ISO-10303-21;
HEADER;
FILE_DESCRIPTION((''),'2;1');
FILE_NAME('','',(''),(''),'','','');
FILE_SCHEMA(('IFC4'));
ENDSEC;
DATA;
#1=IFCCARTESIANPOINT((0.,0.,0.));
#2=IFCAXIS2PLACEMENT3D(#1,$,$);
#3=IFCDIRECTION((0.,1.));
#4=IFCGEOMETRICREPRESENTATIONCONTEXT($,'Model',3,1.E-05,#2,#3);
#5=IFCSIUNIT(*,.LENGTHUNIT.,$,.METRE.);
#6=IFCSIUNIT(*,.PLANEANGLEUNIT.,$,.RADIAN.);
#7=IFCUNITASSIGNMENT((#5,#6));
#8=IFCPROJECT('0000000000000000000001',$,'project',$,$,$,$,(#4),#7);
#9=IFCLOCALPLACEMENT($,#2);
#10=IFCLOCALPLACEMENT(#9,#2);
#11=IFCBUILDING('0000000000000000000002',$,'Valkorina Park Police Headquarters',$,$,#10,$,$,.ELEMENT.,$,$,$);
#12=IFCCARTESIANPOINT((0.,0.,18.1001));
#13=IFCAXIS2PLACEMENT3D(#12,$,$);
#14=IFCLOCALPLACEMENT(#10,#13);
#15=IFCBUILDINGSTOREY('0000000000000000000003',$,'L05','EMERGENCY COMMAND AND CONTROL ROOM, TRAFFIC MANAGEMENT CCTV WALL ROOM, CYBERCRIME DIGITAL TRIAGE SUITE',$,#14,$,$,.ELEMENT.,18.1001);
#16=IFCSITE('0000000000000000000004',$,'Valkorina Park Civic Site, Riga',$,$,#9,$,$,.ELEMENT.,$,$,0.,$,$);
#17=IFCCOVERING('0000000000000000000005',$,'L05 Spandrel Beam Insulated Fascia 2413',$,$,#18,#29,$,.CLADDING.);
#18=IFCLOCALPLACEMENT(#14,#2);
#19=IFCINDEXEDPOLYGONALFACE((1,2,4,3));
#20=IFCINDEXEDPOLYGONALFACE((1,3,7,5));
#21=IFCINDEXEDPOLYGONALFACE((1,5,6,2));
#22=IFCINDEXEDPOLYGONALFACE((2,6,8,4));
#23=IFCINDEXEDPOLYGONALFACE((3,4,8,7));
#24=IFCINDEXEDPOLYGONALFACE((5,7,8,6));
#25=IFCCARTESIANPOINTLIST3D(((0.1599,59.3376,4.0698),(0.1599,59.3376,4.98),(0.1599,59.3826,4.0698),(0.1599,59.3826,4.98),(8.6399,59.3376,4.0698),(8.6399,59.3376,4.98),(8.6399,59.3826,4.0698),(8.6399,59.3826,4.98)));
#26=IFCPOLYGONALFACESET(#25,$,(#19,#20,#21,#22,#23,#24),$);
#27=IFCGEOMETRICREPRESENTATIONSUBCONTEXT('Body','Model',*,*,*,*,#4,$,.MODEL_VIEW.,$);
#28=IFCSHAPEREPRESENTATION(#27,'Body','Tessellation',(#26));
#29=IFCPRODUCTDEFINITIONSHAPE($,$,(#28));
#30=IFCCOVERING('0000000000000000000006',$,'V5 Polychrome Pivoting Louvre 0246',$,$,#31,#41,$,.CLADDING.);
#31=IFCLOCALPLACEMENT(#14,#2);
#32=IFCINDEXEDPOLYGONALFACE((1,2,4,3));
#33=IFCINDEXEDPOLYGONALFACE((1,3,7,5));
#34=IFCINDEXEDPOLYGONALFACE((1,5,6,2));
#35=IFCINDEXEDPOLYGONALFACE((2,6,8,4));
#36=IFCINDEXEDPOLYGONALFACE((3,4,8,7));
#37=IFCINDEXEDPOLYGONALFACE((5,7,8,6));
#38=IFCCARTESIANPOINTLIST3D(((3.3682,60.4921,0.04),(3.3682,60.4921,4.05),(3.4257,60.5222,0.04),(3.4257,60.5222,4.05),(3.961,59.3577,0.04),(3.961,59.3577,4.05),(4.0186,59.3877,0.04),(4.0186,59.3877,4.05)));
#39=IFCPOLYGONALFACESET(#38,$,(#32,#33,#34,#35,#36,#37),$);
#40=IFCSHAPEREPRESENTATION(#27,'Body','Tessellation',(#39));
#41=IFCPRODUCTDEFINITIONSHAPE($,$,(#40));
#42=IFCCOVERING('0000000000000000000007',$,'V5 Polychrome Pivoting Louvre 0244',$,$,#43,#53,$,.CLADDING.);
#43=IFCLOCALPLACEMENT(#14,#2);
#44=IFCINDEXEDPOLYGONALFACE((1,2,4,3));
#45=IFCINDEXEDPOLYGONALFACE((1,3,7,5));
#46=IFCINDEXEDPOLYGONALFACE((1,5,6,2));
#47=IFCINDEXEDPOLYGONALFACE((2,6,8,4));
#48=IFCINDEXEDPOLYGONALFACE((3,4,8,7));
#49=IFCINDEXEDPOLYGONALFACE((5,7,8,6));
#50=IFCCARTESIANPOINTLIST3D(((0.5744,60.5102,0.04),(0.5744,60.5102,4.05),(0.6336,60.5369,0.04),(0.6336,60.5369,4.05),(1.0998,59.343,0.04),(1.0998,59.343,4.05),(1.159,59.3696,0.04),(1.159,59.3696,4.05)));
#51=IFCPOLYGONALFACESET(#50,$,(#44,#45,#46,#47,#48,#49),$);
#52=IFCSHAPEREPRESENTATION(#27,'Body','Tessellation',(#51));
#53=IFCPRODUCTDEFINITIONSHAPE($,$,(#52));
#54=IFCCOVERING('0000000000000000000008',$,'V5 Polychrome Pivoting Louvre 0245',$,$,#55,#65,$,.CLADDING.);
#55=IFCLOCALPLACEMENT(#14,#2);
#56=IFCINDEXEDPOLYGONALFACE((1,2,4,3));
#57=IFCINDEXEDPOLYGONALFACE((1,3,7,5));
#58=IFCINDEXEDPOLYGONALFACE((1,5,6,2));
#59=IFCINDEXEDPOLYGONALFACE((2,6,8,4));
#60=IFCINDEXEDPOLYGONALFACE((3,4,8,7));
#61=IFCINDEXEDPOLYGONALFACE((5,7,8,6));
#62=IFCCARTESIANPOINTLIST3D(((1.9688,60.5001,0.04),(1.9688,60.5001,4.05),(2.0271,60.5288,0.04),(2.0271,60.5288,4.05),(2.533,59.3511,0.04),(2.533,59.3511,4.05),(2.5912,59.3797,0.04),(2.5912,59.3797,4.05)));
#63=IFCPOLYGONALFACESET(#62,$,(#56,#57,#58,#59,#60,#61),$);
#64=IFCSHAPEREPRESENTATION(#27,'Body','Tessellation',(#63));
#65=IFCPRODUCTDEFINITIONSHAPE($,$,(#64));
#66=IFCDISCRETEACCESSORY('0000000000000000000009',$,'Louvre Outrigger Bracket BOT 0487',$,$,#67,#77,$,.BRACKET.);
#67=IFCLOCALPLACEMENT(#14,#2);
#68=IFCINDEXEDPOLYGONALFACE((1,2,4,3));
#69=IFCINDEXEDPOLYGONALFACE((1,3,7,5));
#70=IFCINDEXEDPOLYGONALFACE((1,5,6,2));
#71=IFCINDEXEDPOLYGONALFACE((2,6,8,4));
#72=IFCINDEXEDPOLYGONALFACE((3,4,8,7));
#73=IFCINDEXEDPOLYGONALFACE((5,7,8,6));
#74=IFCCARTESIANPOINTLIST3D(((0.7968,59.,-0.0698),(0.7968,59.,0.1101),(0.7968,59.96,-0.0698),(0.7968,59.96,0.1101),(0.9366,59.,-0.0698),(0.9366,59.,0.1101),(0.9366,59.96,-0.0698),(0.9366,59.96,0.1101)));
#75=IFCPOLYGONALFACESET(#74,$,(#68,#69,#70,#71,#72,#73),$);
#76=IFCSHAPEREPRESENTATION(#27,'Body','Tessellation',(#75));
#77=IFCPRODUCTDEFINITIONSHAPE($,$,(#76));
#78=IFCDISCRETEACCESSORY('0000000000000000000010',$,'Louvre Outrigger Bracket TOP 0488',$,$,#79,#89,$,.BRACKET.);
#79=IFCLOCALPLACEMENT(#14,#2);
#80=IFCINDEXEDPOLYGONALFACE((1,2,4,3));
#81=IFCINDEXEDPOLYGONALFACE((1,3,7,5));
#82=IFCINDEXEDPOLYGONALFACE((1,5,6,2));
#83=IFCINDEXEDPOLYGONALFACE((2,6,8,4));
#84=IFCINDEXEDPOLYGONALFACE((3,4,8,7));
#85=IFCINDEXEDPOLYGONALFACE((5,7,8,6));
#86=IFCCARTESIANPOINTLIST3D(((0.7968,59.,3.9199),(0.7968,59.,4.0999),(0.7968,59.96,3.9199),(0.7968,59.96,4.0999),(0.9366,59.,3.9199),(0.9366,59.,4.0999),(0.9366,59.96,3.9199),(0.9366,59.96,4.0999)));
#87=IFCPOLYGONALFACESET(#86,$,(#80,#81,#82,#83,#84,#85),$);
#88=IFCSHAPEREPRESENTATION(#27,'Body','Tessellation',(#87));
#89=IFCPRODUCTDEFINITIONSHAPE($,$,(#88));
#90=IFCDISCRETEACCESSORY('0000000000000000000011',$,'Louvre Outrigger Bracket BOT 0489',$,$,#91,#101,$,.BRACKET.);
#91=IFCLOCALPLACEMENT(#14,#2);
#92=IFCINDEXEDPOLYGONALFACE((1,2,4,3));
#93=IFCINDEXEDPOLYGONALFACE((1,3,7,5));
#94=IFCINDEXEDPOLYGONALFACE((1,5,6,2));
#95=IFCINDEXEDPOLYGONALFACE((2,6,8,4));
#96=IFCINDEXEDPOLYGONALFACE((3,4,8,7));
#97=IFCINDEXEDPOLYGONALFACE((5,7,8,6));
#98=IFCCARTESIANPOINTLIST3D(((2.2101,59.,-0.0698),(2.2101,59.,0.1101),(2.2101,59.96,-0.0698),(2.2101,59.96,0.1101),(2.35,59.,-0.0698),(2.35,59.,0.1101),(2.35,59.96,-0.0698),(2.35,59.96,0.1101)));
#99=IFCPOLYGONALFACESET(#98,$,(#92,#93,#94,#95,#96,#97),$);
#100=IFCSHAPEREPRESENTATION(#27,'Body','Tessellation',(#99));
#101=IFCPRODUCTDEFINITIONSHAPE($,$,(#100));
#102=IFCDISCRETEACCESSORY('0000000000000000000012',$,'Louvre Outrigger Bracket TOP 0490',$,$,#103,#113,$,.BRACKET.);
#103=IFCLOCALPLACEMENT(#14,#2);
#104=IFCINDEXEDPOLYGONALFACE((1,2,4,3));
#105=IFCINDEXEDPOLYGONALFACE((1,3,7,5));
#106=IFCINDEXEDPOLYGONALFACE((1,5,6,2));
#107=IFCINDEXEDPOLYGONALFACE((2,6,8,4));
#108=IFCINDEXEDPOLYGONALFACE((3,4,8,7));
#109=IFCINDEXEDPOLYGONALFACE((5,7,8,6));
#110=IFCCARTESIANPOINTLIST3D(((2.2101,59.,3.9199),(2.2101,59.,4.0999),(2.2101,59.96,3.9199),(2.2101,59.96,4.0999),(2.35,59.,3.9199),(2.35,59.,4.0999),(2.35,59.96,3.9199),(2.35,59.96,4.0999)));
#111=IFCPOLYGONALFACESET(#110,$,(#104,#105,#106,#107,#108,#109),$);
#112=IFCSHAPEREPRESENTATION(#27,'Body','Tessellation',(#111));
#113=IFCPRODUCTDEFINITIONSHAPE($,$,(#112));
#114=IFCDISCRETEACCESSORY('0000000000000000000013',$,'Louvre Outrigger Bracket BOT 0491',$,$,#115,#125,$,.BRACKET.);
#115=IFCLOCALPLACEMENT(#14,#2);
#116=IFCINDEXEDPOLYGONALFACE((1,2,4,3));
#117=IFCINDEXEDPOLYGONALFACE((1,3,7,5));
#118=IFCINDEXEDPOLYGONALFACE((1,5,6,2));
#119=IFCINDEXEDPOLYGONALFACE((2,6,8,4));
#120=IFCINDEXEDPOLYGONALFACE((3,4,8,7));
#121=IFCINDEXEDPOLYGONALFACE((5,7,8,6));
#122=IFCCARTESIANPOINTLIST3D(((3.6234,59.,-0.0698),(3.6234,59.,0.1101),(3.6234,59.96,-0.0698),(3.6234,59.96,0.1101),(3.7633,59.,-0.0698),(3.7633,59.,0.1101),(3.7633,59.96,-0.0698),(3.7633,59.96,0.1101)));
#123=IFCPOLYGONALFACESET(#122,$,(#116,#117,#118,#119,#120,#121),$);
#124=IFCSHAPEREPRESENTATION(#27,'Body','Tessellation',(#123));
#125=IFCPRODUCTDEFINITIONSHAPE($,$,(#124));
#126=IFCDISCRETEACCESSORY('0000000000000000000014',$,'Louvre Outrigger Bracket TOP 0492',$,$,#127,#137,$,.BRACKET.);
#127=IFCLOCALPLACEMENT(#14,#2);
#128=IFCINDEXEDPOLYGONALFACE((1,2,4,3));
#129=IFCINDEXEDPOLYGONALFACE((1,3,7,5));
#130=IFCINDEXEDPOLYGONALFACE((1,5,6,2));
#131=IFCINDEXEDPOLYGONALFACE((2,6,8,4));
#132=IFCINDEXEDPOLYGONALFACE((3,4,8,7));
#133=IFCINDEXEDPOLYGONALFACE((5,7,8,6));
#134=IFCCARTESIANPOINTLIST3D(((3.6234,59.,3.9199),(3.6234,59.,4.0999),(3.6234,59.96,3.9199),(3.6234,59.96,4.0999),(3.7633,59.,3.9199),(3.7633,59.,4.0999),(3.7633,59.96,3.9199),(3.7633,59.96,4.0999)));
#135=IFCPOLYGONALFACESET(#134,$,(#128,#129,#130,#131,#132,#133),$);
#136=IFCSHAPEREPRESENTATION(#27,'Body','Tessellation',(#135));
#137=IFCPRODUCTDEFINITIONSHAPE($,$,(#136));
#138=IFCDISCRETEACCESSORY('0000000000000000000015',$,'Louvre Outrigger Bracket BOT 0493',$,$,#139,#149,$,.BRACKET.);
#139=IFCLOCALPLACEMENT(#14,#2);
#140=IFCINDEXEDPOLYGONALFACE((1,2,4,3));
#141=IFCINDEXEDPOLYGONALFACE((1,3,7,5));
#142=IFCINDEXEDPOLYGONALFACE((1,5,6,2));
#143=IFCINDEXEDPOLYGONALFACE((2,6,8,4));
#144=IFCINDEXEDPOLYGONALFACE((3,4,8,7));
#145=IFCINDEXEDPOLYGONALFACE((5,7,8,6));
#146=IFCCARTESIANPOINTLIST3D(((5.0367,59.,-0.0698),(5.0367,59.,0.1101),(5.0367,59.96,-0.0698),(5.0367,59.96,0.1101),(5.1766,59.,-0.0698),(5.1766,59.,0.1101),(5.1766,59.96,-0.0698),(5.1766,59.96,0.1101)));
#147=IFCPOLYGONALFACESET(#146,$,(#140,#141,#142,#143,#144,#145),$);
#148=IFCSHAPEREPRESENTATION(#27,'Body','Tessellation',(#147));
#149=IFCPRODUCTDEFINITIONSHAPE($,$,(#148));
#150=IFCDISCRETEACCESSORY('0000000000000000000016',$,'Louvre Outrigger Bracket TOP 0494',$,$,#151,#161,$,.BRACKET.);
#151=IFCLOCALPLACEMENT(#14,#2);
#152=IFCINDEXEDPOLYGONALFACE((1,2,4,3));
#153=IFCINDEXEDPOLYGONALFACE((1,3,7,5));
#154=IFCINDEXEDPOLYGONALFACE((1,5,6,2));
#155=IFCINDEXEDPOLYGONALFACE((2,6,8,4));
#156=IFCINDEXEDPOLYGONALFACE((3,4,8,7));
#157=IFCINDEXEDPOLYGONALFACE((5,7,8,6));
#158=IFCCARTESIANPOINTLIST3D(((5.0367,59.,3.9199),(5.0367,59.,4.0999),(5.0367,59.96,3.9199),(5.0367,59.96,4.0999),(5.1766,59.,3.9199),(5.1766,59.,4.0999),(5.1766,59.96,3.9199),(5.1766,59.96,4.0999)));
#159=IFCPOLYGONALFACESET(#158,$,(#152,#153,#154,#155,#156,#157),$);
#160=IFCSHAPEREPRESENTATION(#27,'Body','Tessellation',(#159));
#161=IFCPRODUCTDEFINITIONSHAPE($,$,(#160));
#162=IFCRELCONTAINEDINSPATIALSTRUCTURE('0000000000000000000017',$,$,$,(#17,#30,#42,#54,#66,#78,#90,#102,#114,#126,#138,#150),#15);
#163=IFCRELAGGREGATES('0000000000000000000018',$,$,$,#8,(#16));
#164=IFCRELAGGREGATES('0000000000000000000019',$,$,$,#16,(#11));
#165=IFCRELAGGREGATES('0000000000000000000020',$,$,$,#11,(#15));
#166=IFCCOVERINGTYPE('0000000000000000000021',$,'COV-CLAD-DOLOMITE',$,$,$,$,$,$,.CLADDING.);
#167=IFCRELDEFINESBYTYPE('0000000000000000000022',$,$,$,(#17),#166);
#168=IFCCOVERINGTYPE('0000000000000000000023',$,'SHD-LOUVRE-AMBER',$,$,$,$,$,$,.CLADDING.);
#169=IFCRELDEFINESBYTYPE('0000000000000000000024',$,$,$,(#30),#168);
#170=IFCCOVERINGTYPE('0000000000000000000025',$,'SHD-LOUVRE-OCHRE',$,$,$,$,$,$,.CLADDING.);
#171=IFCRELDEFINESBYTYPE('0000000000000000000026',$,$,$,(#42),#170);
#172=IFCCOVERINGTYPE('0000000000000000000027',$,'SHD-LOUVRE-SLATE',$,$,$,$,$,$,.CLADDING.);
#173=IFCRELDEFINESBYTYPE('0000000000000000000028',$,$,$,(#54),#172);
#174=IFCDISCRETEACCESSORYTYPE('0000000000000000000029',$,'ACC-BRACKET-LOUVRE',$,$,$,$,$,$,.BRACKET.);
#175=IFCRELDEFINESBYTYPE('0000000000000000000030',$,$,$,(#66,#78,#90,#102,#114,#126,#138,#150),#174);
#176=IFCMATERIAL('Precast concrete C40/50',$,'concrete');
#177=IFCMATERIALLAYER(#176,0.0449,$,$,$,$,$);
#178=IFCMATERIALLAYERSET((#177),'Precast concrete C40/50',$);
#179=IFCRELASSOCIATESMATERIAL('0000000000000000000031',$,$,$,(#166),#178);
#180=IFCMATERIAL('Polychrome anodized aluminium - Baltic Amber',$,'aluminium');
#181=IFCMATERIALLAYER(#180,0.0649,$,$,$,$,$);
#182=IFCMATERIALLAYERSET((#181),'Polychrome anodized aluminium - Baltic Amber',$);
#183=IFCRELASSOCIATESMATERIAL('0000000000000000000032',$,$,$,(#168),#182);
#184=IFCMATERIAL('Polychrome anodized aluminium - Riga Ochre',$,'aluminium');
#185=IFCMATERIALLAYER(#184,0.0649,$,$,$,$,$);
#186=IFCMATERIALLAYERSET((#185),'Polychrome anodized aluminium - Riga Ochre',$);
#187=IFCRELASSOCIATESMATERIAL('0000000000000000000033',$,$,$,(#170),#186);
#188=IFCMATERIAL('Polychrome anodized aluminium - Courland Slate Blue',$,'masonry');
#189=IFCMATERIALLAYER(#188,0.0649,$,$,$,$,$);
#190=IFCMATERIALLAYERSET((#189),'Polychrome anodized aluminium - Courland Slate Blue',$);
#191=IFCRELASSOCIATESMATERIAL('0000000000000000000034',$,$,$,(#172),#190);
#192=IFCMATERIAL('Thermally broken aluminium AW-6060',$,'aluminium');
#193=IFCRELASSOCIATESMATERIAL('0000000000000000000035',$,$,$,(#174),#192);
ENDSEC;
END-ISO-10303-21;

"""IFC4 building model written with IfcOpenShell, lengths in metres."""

from ifc_helpers import new_model, si_unit, direction, frame, frame_2d, origin, origin_2d, place, context, subcontext, project, spatial, rectangle, extrude, material, layer, layer_set, type_object, element, save


model = new_model("IFC4")

# Units and contexts
model_context = context("Model", 3, precision=1e-05, world=origin(), true_north=direction((0.0, 1.0)))
body_context = subcontext(model_context, "Body", "Model", "MODEL_VIEW")
ifc_project = project(units=[si_unit("LENGTHUNIT", "METRE"), si_unit("PLANEANGLEUNIT", "RADIAN")], contexts=[model_context])

# Site, building, storey
site_placement = place(None, origin())
site = spatial("IfcSite", under=ifc_project, at=site_placement, Name="Valkorina Park Civic Site, Riga", CompositionType="ELEMENT", RefElevation=0.0)
building_placement = place(site_placement, origin())
building = spatial("IfcBuilding", under=site, at=building_placement, Name="Valkorina Park Police Headquarters", CompositionType="ELEMENT")
storey_placement = place(building_placement, frame((0.0, 0.0, 18.1001)))
storey = spatial("IfcBuildingStorey", under=building, at=storey_placement, Name="L05", Description="EMERGENCY COMMAND AND CONTROL ROOM, TRAFFIC MANAGEMENT CCTV WALL ROOM, CYBERCRIME DIGITAL TRIAGE SUITE", CompositionType="ELEMENT", Elevation=18.1001)

# Shared definitions
ifc_material_1 = material(Name="Thermally broken aluminium AW-6060", Category="aluminium")

# Coverings
ifc_material_2 = material(Name="Precast concrete C40/50", Category="concrete")
ifc_layer_1 = layer(ifc_material_2, 0.0449)
ifc_layer_set_1 = layer_set([ifc_layer_1], Name="Precast concrete C40/50")
covering_type_1 = type_object("IfcCoveringType", Name="COV-CLAD-DOLOMITE", PredefinedType="CLADDING", material=ifc_layer_set_1)
covering_1_placement = place(storey_placement, frame((0.1599, 59.3601, 4.0698), z_axis=(0.0, 0.0, 1.0), x_axis=(1.0, 0.0, 0.0)))
element("IfcCovering", 1, at=covering_1_placement, inside=storey, type_object=covering_type_1, Name="L05 Spandrel Beam Insulated Fascia 2413", PredefinedType="CLADDING", context=body_context, shape_type="SweptSolid", body=[
    extrude(rectangle(XDim=8.48, YDim=0.0449, at=frame_2d((4.24, 0.0))), origin(), (0.0, 0.0, 1.0), 0.9102),
])
ifc_material_3 = material(Name="Polychrome anodized aluminium - Baltic Amber", Category="aluminium")
ifc_layer_2 = layer(ifc_material_3, 0.0649)
ifc_layer_set_2 = layer_set([ifc_layer_2], Name="Polychrome anodized aluminium - Baltic Amber")
covering_type_2 = type_object("IfcCoveringType", Name="SHD-LOUVRE-AMBER", PredefinedType="CLADDING", material=ifc_layer_set_2)
covering_2_placement = place(storey_placement, frame((3.6934, 59.9399, 0.04), z_axis=(0.0, 0.0, 1.0), x_axis=(-0.463141, 0.886284, 0.0)))
element("IfcCovering", 2, at=covering_2_placement, inside=storey, type_object=covering_type_2, Name="V5 Polychrome Pivoting Louvre 0246", PredefinedType="CLADDING", context=body_context, shape_type="SweptSolid", body=[
    extrude(rectangle(XDim=1.28, YDim=0.0649, at=origin_2d()), origin(), (0.0, 0.0, 1.0), 4.01),
])
ifc_material_4 = material(Name="Polychrome anodized aluminium - Riga Ochre", Category="aluminium")
ifc_layer_3 = layer(ifc_material_4, 0.0649)
ifc_layer_set_3 = layer_set([ifc_layer_3], Name="Polychrome anodized aluminium - Riga Ochre")
covering_type_3 = type_object("IfcCoveringType", Name="SHD-LOUVRE-OCHRE", PredefinedType="CLADDING", material=ifc_layer_set_3)
covering_3_placement = place(storey_placement, frame((0.8667, 59.9399, 0.04), z_axis=(0.0, 0.0, 1.0), x_axis=(-0.410401, 0.911905, 0.0)))
element("IfcCovering", 3, at=covering_3_placement, inside=storey, type_object=covering_type_3, Name="V5 Polychrome Pivoting Louvre 0244", PredefinedType="CLADDING", context=body_context, shape_type="SweptSolid", body=[
    extrude(rectangle(XDim=1.28, YDim=0.0649, at=origin_2d()), origin(), (0.0, 0.0, 1.0), 4.01),
])
ifc_material_5 = material(Name="Polychrome anodized aluminium - Courland Slate Blue", Category="masonry")
ifc_layer_4 = layer(ifc_material_5, 0.0649)
ifc_layer_set_4 = layer_set([ifc_layer_4], Name="Polychrome anodized aluminium - Courland Slate Blue")
covering_type_4 = type_object("IfcCoveringType", Name="SHD-LOUVRE-SLATE", PredefinedType="CLADDING", material=ifc_layer_set_4)
covering_4_placement = place(storey_placement, frame((2.28, 59.9399, 0.04), z_axis=(0.0, 0.0, 1.0), x_axis=(-0.440723, 0.897643, 0.0)))
element("IfcCovering", 4, at=covering_4_placement, inside=storey, type_object=covering_type_4, Name="V5 Polychrome Pivoting Louvre 0245", PredefinedType="CLADDING", context=body_context, shape_type="SweptSolid", body=[
    extrude(rectangle(XDim=1.28, YDim=0.0649, at=origin_2d()), origin(), (0.0, 0.0, 1.0), 4.01),
])

# Discrete accessories
discrete_accessory_type = type_object("IfcDiscreteAccessoryType", Name="ACC-BRACKET-LOUVRE", PredefinedType="BRACKET", material=ifc_material_1)
for number, where, z_axis, x_axis, name in (
    (5, (0.8667, 59.48, -0.0698), (0.0, 0.0, 1.0), (0.0, 1.0, 0.0), "Louvre Outrigger Bracket BOT 0487"),
    (6, (0.8667, 59.48, 3.9199), (0.0, 0.0, 1.0), (0.0, 1.0, 0.0), "Louvre Outrigger Bracket TOP 0488"),
    (7, (2.28, 59.48, -0.0698), (0.0, 0.0, 1.0), (0.0, 1.0, 0.0), "Louvre Outrigger Bracket BOT 0489"),
    (8, (2.28, 59.48, 3.9199), (0.0, 0.0, 1.0), (0.0, 1.0, 0.0), "Louvre Outrigger Bracket TOP 0490"),
    (9, (3.6934, 59.48, -0.0698), (0.0, 0.0, 1.0), (0.0, 1.0, 0.0), "Louvre Outrigger Bracket BOT 0491"),
    (10, (3.6934, 59.48, 3.9199), (0.0, 0.0, 1.0), (0.0, 1.0, 0.0), "Louvre Outrigger Bracket TOP 0492"),
    (11, (5.1067, 59.48, -0.0698), (0.0, 0.0, 1.0), (0.0, 1.0, 0.0), "Louvre Outrigger Bracket BOT 0493"),
    (12, (5.1067, 59.48, 3.9199), (0.0, 0.0, 1.0), (0.0, 1.0, 0.0), "Louvre Outrigger Bracket TOP 0494"),
):
    element("IfcDiscreteAccessory", number, at=place(storey_placement, frame(where, z_axis=z_axis, x_axis=x_axis)), inside=storey, type_object=discrete_accessory_type, Name=name, PredefinedType="BRACKET", context=body_context, shape_type="SweptSolid", body=[
        extrude(rectangle(XDim=0.96, YDim=0.1399, at=origin_2d()), origin(), (0.0, 0.0, 1.0), 0.1799),
    ])

save(model, "model.ifc")
